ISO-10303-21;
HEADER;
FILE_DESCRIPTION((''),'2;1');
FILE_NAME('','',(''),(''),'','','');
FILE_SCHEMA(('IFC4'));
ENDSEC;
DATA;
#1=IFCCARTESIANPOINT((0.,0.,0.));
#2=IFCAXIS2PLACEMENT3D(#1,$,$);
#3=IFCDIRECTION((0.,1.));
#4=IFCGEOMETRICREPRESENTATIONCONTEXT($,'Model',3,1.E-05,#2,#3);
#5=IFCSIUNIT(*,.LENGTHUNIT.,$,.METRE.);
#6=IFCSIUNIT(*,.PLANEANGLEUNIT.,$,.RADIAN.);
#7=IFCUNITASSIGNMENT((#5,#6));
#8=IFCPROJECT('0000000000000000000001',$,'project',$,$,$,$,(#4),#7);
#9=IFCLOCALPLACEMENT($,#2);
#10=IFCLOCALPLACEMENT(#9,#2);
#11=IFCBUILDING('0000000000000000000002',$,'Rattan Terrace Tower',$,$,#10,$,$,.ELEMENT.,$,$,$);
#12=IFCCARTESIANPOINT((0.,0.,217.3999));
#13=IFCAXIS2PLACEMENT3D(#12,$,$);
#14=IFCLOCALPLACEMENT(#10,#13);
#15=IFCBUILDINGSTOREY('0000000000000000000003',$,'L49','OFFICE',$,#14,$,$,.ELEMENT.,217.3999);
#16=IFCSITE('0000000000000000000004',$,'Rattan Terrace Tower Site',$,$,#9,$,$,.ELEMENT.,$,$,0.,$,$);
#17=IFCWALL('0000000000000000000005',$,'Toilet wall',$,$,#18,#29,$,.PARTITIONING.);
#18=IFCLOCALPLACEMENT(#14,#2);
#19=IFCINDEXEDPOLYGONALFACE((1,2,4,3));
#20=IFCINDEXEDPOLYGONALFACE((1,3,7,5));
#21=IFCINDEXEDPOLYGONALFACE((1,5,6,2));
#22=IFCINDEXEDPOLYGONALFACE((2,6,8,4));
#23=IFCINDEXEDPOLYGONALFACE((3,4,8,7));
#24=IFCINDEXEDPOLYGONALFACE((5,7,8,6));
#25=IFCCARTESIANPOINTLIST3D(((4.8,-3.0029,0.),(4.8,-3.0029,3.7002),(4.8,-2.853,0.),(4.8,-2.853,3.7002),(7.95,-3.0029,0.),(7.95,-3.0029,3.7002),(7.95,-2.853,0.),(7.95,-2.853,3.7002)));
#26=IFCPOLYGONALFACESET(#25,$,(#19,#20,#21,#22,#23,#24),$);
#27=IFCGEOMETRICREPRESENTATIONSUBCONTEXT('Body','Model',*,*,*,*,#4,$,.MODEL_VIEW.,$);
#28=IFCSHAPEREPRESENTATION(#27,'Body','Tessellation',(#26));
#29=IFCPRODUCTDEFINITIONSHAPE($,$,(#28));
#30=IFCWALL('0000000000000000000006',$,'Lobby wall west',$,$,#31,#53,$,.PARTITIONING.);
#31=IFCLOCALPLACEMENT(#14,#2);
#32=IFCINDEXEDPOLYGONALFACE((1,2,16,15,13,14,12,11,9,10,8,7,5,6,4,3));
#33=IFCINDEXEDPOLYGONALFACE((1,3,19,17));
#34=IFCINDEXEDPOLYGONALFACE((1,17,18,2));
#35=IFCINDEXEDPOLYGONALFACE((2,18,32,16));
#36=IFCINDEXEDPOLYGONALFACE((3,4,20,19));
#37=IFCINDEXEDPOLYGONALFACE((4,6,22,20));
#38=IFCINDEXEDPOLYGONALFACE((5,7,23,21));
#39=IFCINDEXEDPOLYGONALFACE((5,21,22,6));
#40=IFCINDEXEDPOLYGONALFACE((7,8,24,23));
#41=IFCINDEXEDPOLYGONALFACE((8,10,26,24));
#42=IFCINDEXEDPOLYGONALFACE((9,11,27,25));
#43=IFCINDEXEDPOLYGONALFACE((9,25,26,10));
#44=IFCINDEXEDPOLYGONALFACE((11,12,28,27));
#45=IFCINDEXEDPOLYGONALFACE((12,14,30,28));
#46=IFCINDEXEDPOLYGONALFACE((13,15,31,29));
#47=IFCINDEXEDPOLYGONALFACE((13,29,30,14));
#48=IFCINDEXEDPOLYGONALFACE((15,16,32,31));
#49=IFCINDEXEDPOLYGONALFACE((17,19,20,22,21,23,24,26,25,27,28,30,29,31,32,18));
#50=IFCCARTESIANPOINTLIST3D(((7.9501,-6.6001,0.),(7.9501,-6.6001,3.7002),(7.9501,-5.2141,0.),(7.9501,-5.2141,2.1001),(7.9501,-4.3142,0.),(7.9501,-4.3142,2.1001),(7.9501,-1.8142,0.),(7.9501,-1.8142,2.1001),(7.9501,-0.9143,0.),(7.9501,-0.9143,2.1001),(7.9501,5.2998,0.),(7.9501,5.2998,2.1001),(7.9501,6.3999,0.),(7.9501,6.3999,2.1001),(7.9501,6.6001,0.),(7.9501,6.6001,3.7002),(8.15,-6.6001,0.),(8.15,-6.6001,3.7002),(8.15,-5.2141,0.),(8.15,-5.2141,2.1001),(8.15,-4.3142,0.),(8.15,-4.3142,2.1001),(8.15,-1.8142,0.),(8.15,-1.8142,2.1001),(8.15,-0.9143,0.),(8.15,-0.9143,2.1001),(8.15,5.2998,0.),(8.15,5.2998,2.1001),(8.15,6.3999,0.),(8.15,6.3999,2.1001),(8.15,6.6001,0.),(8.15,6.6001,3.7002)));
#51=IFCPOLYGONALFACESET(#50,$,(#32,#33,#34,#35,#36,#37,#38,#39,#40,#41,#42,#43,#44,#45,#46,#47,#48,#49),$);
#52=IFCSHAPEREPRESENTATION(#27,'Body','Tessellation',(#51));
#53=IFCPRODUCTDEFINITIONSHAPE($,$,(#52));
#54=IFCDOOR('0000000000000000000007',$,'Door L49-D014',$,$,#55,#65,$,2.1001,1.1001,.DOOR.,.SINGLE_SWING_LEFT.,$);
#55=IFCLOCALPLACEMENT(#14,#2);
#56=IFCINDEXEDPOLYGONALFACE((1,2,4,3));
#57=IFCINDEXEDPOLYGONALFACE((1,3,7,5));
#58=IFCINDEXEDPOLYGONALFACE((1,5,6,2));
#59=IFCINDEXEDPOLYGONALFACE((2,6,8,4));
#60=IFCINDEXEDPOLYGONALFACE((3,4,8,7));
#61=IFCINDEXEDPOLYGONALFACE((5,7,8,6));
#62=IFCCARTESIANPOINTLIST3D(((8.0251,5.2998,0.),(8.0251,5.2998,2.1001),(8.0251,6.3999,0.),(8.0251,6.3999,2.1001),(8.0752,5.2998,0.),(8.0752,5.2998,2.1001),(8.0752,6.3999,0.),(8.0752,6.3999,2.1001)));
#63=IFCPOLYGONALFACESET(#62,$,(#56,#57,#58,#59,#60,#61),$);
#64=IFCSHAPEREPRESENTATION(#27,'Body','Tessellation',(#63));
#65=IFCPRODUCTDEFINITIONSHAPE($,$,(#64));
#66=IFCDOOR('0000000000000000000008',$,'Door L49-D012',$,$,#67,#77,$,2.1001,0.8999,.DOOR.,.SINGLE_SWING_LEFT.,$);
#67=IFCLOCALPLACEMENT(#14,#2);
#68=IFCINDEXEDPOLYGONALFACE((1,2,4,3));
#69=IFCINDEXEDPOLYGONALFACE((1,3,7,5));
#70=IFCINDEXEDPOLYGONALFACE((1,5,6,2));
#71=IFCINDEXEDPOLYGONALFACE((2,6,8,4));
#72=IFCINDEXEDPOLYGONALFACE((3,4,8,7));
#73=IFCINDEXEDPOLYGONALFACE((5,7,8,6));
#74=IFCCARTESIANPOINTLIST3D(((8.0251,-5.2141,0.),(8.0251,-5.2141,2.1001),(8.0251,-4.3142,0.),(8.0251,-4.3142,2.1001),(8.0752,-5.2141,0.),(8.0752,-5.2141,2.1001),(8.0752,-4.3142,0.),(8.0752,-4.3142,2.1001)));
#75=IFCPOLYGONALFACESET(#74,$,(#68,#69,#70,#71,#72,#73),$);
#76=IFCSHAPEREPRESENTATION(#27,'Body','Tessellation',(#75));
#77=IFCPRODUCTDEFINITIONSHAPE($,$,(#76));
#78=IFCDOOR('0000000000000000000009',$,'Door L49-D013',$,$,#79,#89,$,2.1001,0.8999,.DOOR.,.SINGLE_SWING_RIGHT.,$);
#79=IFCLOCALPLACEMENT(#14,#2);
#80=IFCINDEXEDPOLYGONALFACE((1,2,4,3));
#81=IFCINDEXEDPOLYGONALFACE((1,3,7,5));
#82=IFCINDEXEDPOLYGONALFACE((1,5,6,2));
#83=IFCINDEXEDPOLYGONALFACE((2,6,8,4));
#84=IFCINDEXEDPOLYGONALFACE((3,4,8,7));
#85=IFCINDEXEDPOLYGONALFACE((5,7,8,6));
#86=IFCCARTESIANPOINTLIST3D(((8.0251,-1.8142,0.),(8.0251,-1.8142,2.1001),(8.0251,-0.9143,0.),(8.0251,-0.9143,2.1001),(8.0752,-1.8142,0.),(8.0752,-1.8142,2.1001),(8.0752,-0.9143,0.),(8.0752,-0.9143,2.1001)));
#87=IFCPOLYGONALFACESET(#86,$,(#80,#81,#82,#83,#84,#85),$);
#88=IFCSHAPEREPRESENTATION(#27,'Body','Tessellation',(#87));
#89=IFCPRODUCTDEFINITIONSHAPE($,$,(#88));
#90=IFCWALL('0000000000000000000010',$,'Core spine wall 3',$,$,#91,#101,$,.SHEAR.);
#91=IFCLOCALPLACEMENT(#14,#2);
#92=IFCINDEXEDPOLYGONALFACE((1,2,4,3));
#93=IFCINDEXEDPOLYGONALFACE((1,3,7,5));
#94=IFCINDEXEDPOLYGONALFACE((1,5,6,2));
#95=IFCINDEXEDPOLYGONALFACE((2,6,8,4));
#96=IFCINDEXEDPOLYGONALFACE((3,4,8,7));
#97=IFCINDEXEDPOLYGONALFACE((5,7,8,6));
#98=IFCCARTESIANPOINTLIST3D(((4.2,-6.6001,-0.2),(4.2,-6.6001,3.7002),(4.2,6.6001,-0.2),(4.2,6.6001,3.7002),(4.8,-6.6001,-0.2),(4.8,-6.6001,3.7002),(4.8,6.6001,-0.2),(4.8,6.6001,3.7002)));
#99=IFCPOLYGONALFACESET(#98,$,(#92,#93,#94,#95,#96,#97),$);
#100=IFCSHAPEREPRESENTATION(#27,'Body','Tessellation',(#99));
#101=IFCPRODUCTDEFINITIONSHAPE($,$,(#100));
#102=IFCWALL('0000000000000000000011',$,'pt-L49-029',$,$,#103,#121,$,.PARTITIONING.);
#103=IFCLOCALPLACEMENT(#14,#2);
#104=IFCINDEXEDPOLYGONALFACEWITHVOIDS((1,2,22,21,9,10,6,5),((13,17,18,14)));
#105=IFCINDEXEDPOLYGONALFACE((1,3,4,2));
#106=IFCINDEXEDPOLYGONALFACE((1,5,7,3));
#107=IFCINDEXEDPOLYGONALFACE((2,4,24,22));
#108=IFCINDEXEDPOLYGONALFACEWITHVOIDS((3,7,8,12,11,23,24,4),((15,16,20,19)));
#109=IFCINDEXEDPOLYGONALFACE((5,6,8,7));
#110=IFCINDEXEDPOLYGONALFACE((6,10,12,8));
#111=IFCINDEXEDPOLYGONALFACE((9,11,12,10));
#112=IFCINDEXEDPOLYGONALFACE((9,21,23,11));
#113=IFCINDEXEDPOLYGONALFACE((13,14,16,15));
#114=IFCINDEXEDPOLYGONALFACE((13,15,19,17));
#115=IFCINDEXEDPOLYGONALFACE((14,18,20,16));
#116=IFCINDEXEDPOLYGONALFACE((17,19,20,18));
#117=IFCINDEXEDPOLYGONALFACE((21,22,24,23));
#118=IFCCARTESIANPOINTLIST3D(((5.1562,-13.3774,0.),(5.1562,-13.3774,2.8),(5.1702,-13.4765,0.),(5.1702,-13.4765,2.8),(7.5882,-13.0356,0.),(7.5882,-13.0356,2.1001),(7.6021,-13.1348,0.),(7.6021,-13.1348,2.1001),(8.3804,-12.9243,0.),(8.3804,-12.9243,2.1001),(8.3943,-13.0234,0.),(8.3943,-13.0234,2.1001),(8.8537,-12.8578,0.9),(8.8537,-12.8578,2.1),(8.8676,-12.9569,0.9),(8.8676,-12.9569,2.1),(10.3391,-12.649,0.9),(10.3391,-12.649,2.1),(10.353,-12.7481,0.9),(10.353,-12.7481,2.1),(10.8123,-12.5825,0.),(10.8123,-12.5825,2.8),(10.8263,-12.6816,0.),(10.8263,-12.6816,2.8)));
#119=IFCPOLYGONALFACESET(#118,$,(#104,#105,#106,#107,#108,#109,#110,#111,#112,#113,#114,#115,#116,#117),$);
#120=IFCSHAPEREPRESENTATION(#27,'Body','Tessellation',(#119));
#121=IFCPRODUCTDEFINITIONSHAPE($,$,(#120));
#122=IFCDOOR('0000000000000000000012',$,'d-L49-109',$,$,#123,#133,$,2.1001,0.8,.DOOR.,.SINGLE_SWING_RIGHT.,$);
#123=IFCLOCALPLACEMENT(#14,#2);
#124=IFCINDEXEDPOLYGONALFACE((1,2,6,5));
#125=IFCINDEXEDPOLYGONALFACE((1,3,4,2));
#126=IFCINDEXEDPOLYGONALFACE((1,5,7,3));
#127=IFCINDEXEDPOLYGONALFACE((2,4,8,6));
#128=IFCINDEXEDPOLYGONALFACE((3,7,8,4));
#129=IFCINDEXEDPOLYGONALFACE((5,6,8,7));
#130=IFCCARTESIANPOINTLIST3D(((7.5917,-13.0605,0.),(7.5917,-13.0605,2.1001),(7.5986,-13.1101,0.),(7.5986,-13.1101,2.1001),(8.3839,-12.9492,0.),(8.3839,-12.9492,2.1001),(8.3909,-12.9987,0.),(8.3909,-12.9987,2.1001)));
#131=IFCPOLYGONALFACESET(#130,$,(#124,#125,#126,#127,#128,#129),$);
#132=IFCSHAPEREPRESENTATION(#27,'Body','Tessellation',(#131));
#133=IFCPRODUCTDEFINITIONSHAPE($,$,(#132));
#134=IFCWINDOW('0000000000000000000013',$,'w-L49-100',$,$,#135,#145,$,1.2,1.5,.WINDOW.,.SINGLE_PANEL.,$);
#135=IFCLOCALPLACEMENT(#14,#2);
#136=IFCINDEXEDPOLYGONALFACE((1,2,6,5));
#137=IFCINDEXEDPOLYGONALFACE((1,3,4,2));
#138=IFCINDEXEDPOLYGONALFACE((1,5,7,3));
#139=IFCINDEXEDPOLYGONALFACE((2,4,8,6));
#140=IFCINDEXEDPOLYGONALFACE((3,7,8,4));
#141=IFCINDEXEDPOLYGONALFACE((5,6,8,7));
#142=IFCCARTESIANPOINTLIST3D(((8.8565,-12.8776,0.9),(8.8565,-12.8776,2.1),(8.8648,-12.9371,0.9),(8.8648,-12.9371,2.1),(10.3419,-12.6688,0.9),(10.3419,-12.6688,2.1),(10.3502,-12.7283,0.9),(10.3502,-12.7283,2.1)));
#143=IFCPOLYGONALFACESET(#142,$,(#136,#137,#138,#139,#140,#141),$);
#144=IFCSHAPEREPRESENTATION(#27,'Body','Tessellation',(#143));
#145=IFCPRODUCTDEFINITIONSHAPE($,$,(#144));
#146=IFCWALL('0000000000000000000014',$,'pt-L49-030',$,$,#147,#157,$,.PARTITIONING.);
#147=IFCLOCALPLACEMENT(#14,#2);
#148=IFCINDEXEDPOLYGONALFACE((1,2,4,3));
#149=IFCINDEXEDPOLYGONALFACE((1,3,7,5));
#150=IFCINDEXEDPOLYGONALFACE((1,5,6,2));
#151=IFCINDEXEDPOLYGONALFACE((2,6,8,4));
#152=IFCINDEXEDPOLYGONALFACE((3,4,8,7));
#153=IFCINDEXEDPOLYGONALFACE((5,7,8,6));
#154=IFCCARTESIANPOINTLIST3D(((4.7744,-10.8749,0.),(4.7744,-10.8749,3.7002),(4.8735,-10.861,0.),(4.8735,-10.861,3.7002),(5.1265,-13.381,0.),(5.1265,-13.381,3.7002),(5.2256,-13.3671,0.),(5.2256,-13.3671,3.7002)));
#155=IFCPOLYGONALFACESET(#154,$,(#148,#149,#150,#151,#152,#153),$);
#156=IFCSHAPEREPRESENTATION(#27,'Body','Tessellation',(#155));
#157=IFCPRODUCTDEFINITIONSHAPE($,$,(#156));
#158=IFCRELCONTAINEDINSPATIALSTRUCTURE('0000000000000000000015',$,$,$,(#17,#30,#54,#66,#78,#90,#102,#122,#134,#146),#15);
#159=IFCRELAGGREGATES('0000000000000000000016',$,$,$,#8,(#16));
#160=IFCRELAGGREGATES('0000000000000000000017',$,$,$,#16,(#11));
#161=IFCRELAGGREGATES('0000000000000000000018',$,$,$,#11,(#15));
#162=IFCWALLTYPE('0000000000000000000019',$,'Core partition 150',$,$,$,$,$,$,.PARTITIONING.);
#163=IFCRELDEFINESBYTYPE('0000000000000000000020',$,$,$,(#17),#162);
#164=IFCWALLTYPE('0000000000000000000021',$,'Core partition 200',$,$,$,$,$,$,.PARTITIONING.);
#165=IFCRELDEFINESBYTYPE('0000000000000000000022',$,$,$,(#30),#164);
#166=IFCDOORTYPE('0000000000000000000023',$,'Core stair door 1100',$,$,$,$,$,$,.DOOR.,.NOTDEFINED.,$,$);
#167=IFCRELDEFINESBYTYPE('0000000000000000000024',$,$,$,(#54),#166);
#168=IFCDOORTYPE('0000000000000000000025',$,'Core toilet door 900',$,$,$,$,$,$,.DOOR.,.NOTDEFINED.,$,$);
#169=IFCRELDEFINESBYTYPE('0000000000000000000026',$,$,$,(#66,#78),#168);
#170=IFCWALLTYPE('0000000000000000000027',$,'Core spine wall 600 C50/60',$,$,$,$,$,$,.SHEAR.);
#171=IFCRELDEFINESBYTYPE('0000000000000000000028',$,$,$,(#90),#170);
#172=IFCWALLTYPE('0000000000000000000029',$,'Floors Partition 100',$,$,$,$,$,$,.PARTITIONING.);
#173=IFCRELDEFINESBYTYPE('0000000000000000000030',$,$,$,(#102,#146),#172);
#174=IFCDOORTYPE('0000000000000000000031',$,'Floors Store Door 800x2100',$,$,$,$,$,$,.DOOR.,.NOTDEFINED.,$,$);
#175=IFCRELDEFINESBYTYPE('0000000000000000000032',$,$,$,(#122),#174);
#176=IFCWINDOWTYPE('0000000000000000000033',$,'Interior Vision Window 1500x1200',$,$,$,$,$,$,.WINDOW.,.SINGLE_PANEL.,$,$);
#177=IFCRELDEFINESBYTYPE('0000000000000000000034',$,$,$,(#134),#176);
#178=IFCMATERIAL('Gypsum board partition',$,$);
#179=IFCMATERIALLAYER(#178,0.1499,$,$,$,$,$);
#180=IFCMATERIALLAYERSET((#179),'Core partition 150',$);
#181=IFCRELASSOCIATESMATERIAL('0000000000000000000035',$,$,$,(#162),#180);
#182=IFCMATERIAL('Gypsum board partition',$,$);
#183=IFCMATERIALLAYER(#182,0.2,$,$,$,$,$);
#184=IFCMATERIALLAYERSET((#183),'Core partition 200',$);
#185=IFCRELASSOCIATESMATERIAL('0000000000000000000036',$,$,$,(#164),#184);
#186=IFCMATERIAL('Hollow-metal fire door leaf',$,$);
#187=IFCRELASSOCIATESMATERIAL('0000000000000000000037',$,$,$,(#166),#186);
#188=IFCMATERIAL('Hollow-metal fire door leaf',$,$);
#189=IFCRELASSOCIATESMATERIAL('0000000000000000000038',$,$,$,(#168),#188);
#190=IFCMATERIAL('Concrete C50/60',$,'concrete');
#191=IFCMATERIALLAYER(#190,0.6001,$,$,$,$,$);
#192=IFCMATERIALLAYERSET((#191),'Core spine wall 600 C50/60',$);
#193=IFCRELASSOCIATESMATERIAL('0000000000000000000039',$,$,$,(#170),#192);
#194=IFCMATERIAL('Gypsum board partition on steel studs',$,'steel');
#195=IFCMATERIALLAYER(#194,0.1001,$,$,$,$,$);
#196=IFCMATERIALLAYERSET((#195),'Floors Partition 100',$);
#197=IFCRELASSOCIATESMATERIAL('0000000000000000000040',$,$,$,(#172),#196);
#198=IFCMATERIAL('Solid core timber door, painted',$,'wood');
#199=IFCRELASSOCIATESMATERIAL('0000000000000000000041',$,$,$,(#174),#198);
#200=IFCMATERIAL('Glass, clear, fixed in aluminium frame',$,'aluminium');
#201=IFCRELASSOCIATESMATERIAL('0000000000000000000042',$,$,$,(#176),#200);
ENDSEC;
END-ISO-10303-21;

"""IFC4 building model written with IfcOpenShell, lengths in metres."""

from ifc_helpers import new_model, si_unit, direction, frame, frame_2d, origin, place, context, subcontext, project, spatial, rectangle, extrude, material, layer, layer_set, type_object, element, fill, save


model = new_model("IFC4")

# Units and contexts
model_context = context("Model", 3, precision=1e-05, world=origin(), true_north=direction((0.0, 1.0)))
body_context = subcontext(model_context, "Body", "Model", "MODEL_VIEW")
ifc_project = project(units=[si_unit("LENGTHUNIT", "METRE"), si_unit("PLANEANGLEUNIT", "RADIAN")], contexts=[model_context])

# Site, building, storey
site_placement = place(None, origin())
site = spatial("IfcSite", under=ifc_project, at=site_placement, Name="Rattan Terrace Tower Site", CompositionType="ELEMENT", RefElevation=0.0)
building_placement = place(site_placement, origin())
building = spatial("IfcBuilding", under=site, at=building_placement, Name="Rattan Terrace Tower", CompositionType="ELEMENT")
storey_placement = place(building_placement, frame((0.0, 0.0, 217.3999)))
storey = spatial("IfcBuildingStorey", under=building, at=storey_placement, Name="L49", Description="OFFICE", CompositionType="ELEMENT", Elevation=217.3999)

# Wall
ifc_material_1 = material(Name="Gypsum board partition")
ifc_layer_1 = layer(ifc_material_1, 0.1499)
ifc_layer_set_1 = layer_set([ifc_layer_1], Name="Core partition 150")
wall_type_1 = type_object("IfcWallType", Name="Core partition 150", PredefinedType="PARTITIONING", material=ifc_layer_set_1)
wall_1_placement = place(storey_placement, frame((4.8, -2.928, 0.0), z_axis=(0.0, 0.0, 1.0), x_axis=(1.0, 0.0, 0.0)))
element("IfcWall", 1, at=wall_1_placement, inside=storey, type_object=wall_type_1, Name="Toilet wall", PredefinedType="PARTITIONING", context=body_context, shape_type="SweptSolid", body=[
    extrude(rectangle(XDim=3.1499, YDim=0.1499, at=frame_2d((1.575, 0.0))), origin(), (0.0, 0.0, 1.0), 3.7002),
])

# Wall, openings, doors
ifc_material_2 = material(Name="Gypsum board partition")
ifc_layer_2 = layer(ifc_material_2, 0.2)
ifc_layer_set_2 = layer_set([ifc_layer_2], Name="Core partition 200")
wall_type_2 = type_object("IfcWallType", Name="Core partition 200", PredefinedType="PARTITIONING", material=ifc_layer_set_2)
wall_2_placement = place(storey_placement, frame((8.05, -6.6001, 0.0), z_axis=(0.0, 0.0, 1.0), x_axis=(0.0, 1.0, 0.0)))
wall_2 = element("IfcWall", 2, at=wall_2_placement, inside=storey, type_object=wall_type_2, Name="Lobby wall west", PredefinedType="PARTITIONING", context=body_context, shape_type="SweptSolid", body=[
    extrude(rectangle(XDim=13.2002, YDim=0.2, at=frame_2d((6.6001, 0.0))), origin(), (0.0, 0.0, 1.0), 3.7002),
])
opening_1_placement = place(wall_2_placement, frame((1.386, 0.0, 0.0)))
opening_1 = element("IfcOpeningElement", 3, at=opening_1_placement, cuts=wall_2, PredefinedType="OPENING", context=body_context, shape_type="SweptSolid", body=[
    extrude(rectangle(XDim=0.8999, YDim=2.1001, at=frame_2d((0.45, 1.05))), frame((0.0, 0.1106, 0.0), z_axis=(0.0, -1.0, 0.0), x_axis=(1.0, 0.0, 0.0)), (0.0, 0.0, 1.0), 0.2209),
])
opening_2_placement = place(wall_2_placement, frame((4.7859, 0.0, 0.0)))
opening_2 = element("IfcOpeningElement", 4, at=opening_2_placement, cuts=wall_2, PredefinedType="OPENING", context=body_context, shape_type="SweptSolid", body=[
    extrude(rectangle(XDim=0.8999, YDim=2.1001, at=frame_2d((0.45, 1.05))), frame((0.0, 0.1106, 0.0), z_axis=(0.0, -1.0, 0.0), x_axis=(1.0, 0.0, 0.0)), (0.0, 0.0, 1.0), 0.2209),
])
opening_3_placement = place(wall_2_placement, frame((11.8999, 0.0, 0.0)))
opening_3 = element("IfcOpeningElement", 5, at=opening_3_placement, cuts=wall_2, PredefinedType="OPENING", context=body_context, shape_type="SweptSolid", body=[
    extrude(rectangle(XDim=1.1001, YDim=2.1001, at=frame_2d((0.55, 1.05))), frame((0.0, 0.1106, 0.0), z_axis=(0.0, -1.0, 0.0), x_axis=(1.0, 0.0, 0.0)), (0.0, 0.0, 1.0), 0.2209),
])
ifc_material_3 = material(Name="Hollow-metal fire door leaf")
door_type_1 = type_object("IfcDoorType", Name="Core stair door 1100", OperationType="NOTDEFINED", PredefinedType="DOOR", material=ifc_material_3)
door_1_placement = place(opening_3_placement, origin())
door_1 = element("IfcDoor", 6, at=door_1_placement, inside=storey, type_object=door_type_1, Name="Door L49-D014", OperationType="SINGLE_SWING_LEFT", OverallHeight=2.1001, OverallWidth=1.1001, PredefinedType="DOOR", context=body_context, shape_type="SweptSolid", body=[
    extrude(rectangle(XDim=1.1001, YDim=2.1001, at=frame_2d((0.55, 1.05))), frame((0.0, 0.0249, 0.0), z_axis=(0.0, -1.0, 0.0), x_axis=(1.0, 0.0, 0.0)), (0.0, 0.0, 1.0), 0.05),
])
fill(opening_3, door_1)
ifc_material_4 = material(Name="Hollow-metal fire door leaf")
door_type_2 = type_object("IfcDoorType", Name="Core toilet door 900", OperationType="NOTDEFINED", PredefinedType="DOOR", material=ifc_material_4)
door_2_placement = place(opening_1_placement, origin())
door_2 = element("IfcDoor", 7, at=door_2_placement, inside=storey, type_object=door_type_2, Name="Door L49-D012", OperationType="SINGLE_SWING_LEFT", OverallHeight=2.1001, OverallWidth=0.8999, PredefinedType="DOOR", context=body_context, shape_type="SweptSolid", body=[
    extrude(rectangle(XDim=0.8999, YDim=2.1001, at=frame_2d((0.45, 1.05))), frame((0.0, 0.0249, 0.0), z_axis=(0.0, -1.0, 0.0), x_axis=(1.0, 0.0, 0.0)), (0.0, 0.0, 1.0), 0.05),
])
fill(opening_1, door_2)
door_3_placement = place(opening_2_placement, origin())
door_3 = element("IfcDoor", 8, at=door_3_placement, inside=storey, type_object=door_type_2, Name="Door L49-D013", OperationType="SINGLE_SWING_RIGHT", OverallHeight=2.1001, OverallWidth=0.8999, PredefinedType="DOOR", context=body_context, shape_type="SweptSolid", body=[
    extrude(rectangle(XDim=0.8999, YDim=2.1001, at=frame_2d((0.45, 1.05))), frame((0.0, 0.0249, 0.0), z_axis=(0.0, -1.0, 0.0), x_axis=(1.0, 0.0, 0.0)), (0.0, 0.0, 1.0), 0.05),
])
fill(opening_2, door_3)

# Wall
ifc_material_5 = material(Name="Concrete C50/60", Category="concrete")
ifc_layer_3 = layer(ifc_material_5, 0.6001)
ifc_layer_set_3 = layer_set([ifc_layer_3], Name="Core spine wall 600 C50/60")
wall_type_3 = type_object("IfcWallType", Name="Core spine wall 600 C50/60", PredefinedType="SHEAR", material=ifc_layer_set_3)
wall_3_placement = place(storey_placement, frame((4.5, -6.6001, -0.2), z_axis=(0.0, 0.0, 1.0), x_axis=(0.0, 1.0, 0.0)))
element("IfcWall", 9, at=wall_3_placement, inside=storey, type_object=wall_type_3, Name="Core spine wall 3", PredefinedType="SHEAR", context=body_context, shape_type="SweptSolid", body=[
    extrude(rectangle(XDim=13.2002, YDim=0.6001, at=frame_2d((6.6001, 0.0))), origin(), (0.0, 0.0, 1.0), 3.9001),
])

# Wall, openings, door, window
ifc_material_6 = material(Name="Gypsum board partition on steel studs", Category="steel")
ifc_layer_4 = layer(ifc_material_6, 0.1001)
ifc_layer_set_4 = layer_set([ifc_layer_4], Name="Floors Partition 100")
wall_type_4 = type_object("IfcWallType", Name="Floors Partition 100", PredefinedType="PARTITIONING", material=ifc_layer_set_4)
wall_4_placement = place(storey_placement, frame((5.1631, -13.427, 0.0), z_axis=(0.0, 0.0, 1.0), x_axis=(0.990268, 0.139177, 0.0)))
wall_4 = element("IfcWall", 10, at=wall_4_placement, inside=storey, type_object=wall_type_4, Name="pt-L49-029", PredefinedType="PARTITIONING", context=body_context, shape_type="SweptSolid", body=[
    extrude(rectangle(XDim=5.7117, YDim=0.1001, at=frame_2d((2.856, 0.0))), origin(), (0.0, 0.0, 1.0), 2.8),
])
opening_4_placement = place(wall_4_placement, frame((2.4561, 0.0, 0.0)))
opening_4 = element("IfcOpeningElement", 11, at=opening_4_placement, cuts=wall_4, PredefinedType="OPENING", context=body_context, shape_type="SweptSolid", body=[
    extrude(rectangle(XDim=0.8, YDim=2.1001, at=frame_2d((0.3999, 1.05))), frame((0.0, 0.0605, 0.0), z_axis=(0.0, -1.0, 0.0), x_axis=(1.0, 0.0, 0.0)), (0.0, 0.0, 1.0), 0.1211),
])
opening_5_placement = place(wall_4_placement, frame((3.7339, 0.0, 0.8999)))
opening_5 = element("IfcOpeningElement", 12, at=opening_5_placement, cuts=wall_4, PredefinedType="OPENING", context=body_context, shape_type="SweptSolid", body=[
    extrude(rectangle(XDim=1.5, YDim=1.2, at=frame_2d((0.75, 0.6001))), frame((0.0, 0.0605, 0.0), z_axis=(0.0, -1.0, 0.0), x_axis=(1.0, 0.0, 0.0)), (0.0, 0.0, 1.0), 0.1211),
])
ifc_material_7 = material(Name="Solid core timber door, painted", Category="wood")
door_type_3 = type_object("IfcDoorType", Name="Floors Store Door 800x2100", OperationType="NOTDEFINED", PredefinedType="DOOR", material=ifc_material_7)
door_4_placement = place(opening_4_placement, origin())
door_4 = element("IfcDoor", 13, at=door_4_placement, inside=storey, type_object=door_type_3, Name="d-L49-109", OperationType="SINGLE_SWING_RIGHT", OverallHeight=2.1001, OverallWidth=0.8, PredefinedType="DOOR", context=body_context, shape_type="SweptSolid", body=[
    extrude(rectangle(XDim=0.8, YDim=2.1001, at=frame_2d((0.3999, 1.05))), frame((0.0, 0.0249, 0.0), z_axis=(0.0, -1.0, 0.0), x_axis=(1.0, 0.0, 0.0)), (0.0, 0.0, 1.0), 0.05),
])
fill(opening_4, door_4)
ifc_material_8 = material(Name="Glass, clear, fixed in aluminium frame", Category="aluminium")
window_type = type_object("IfcWindowType", Name="Interior Vision Window 1500x1200", PartitioningType="SINGLE_PANEL", PredefinedType="WINDOW", material=ifc_material_8)
window_placement = place(opening_5_placement, origin())
window = element("IfcWindow", 14, at=window_placement, inside=storey, type_object=window_type, Name="w-L49-100", OverallHeight=1.2, OverallWidth=1.5, PartitioningType="SINGLE_PANEL", PredefinedType="WINDOW", context=body_context, shape_type="SweptSolid", body=[
    extrude(rectangle(XDim=1.5, YDim=1.2, at=frame_2d((0.75, 0.6001))), frame((0.0, 0.03, 0.0), z_axis=(0.0, -1.0, 0.0), x_axis=(1.0, 0.0, 0.0)), (0.0, 0.0, 1.0), 0.0601),
])
fill(opening_5, window)

# Wall
wall_5_placement = place(storey_placement, frame((4.824, -10.8679, 0.0), z_axis=(0.0, 0.0, 1.0), x_axis=(0.139111, -0.990277, 0.0)))
element("IfcWall", 15, at=wall_5_placement, inside=storey, type_object=wall_type_4, Name="pt-L49-030", PredefinedType="PARTITIONING", context=body_context, shape_type="SweptSolid", body=[
    extrude(rectangle(XDim=2.5308, YDim=0.1001, at=frame_2d((1.2654, 0.0))), origin(), (0.0, 0.0, 1.0), 3.7002),
])

save(model, "model.ifc")
